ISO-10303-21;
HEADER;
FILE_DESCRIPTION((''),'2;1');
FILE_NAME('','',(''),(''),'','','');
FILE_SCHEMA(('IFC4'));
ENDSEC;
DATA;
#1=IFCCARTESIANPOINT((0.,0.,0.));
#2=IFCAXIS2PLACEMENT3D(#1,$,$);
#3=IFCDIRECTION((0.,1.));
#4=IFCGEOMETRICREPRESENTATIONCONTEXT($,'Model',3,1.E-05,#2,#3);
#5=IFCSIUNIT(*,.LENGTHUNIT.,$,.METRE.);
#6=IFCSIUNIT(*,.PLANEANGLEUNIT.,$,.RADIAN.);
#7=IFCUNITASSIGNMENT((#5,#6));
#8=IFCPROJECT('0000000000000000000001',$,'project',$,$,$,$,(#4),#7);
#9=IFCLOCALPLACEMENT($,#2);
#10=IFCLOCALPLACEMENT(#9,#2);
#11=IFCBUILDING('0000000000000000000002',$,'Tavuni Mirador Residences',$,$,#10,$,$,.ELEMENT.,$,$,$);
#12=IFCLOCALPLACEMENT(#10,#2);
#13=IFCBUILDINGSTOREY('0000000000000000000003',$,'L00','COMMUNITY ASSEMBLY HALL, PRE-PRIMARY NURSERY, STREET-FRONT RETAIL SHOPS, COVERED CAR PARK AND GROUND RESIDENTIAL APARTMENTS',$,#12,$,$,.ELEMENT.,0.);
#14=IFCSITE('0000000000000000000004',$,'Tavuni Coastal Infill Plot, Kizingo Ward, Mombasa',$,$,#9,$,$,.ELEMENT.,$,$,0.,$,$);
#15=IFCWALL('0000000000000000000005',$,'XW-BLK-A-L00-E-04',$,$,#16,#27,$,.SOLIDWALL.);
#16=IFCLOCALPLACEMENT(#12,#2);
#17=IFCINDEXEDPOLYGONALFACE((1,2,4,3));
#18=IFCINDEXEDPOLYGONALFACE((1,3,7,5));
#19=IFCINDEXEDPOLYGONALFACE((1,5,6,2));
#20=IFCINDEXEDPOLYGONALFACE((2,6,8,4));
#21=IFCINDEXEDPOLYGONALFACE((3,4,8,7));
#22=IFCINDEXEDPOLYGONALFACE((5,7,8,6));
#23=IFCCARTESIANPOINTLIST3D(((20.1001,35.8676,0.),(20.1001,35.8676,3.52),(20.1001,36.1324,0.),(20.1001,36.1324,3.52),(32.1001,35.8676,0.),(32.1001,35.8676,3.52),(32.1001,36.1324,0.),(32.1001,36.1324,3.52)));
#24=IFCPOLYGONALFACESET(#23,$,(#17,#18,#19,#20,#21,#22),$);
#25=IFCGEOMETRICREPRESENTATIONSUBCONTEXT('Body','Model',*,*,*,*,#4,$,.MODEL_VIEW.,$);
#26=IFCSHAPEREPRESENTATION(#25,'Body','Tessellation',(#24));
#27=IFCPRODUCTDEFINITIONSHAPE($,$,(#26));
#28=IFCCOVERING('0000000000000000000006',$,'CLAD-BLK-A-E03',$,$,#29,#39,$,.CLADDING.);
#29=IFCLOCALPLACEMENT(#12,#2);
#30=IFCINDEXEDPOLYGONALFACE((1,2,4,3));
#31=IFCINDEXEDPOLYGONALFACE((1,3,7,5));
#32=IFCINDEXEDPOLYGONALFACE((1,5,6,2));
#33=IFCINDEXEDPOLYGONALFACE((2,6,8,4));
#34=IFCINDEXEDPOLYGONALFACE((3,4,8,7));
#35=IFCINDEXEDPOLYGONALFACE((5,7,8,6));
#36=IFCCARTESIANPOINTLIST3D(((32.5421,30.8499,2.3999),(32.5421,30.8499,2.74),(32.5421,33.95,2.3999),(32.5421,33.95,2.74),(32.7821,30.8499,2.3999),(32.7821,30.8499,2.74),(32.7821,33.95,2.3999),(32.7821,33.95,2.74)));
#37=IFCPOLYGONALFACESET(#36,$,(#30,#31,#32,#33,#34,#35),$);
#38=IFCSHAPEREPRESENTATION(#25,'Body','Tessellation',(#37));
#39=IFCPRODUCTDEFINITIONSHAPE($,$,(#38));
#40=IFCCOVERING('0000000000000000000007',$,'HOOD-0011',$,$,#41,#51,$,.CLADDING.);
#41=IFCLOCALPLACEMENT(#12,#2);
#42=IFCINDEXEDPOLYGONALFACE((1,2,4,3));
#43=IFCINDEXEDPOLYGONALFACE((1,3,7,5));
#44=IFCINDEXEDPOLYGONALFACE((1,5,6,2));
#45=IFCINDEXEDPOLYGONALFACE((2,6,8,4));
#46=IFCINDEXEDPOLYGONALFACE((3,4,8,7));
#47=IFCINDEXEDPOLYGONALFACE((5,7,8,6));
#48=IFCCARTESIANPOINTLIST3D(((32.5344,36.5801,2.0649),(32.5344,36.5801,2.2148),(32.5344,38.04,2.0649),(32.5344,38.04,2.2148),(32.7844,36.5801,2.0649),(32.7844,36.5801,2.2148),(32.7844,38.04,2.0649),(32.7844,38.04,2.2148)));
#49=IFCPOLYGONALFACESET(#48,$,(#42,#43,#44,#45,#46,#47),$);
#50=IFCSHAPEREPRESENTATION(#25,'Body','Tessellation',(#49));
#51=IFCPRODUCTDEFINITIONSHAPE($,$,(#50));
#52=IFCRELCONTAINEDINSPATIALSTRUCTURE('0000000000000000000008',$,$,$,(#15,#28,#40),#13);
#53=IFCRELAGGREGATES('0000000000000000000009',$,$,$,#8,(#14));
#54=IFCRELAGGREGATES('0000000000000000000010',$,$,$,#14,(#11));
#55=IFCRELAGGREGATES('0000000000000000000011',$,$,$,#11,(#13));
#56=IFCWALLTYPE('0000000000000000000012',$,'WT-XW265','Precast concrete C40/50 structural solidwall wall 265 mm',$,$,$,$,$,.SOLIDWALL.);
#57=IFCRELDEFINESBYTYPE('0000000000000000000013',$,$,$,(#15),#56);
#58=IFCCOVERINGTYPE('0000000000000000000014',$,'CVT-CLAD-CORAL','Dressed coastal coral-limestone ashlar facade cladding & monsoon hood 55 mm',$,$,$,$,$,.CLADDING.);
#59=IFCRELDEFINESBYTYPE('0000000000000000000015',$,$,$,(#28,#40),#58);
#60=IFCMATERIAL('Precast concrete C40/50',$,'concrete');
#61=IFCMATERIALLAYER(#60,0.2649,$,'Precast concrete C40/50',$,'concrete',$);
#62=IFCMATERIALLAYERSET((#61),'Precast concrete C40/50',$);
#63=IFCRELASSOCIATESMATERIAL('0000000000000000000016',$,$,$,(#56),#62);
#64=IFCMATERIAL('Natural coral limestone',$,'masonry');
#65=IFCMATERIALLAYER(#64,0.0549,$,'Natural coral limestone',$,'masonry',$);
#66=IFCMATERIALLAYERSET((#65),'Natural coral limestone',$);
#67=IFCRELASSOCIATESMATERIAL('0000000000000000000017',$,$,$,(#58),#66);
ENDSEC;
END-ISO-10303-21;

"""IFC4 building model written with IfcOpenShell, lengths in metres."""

from ifc_helpers import new_model, si_unit, direction, frame, frame_2d, origin, origin_2d, place, context, subcontext, project, spatial, rectangle, extrude, material, layer, layer_set, type_object, element, save


model = new_model("IFC4")

# Units and contexts
model_context = context("Model", 3, precision=1e-05, world=origin(), true_north=direction((0.0, 1.0)))
body_context = subcontext(model_context, "Body", "Model", "MODEL_VIEW")
ifc_project = project(units=[si_unit("LENGTHUNIT", "METRE"), si_unit("PLANEANGLEUNIT", "RADIAN")], contexts=[model_context])

# Site, building, storey
site_placement = place(None, origin())
site = spatial("IfcSite", under=ifc_project, at=site_placement, Name="Tavuni Coastal Infill Plot, Kizingo Ward, Mombasa", CompositionType="ELEMENT", RefElevation=0.0)
building_placement = place(site_placement, origin())
building = spatial("IfcBuilding", under=site, at=building_placement, Name="Tavuni Mirador Residences", CompositionType="ELEMENT")
storey_placement = place(building_placement, origin())
storey = spatial("IfcBuildingStorey", under=building, at=storey_placement, Name="L00", Description="COMMUNITY ASSEMBLY HALL, PRE-PRIMARY NURSERY, STREET-FRONT RETAIL SHOPS, COVERED CAR PARK AND GROUND RESIDENTIAL APARTMENTS", CompositionType="ELEMENT", Elevation=0.0)

# Shared definitions
ifc_material_1 = material(Name="Precast concrete C40/50", Category="concrete")

# Wall
ifc_layer_1 = layer(ifc_material_1, 0.2649, Name="Precast concrete C40/50", Category="concrete")
ifc_layer_set_1 = layer_set([ifc_layer_1], Name="Precast concrete C40/50")
wall_type_1 = type_object("IfcWallType", Name="WT-XW265", Description="Precast concrete C40/50 structural solidwall wall 265 mm", PredefinedType="SOLIDWALL", material=ifc_layer_set_1)
wall_1_placement = place(storey_placement, frame((20.1001, 36.0, 0.0), z_axis=(0.0, 0.0, 1.0), x_axis=(1.0, 0.0, 0.0)))
element("IfcWall", 1, at=wall_1_placement, inside=storey, type_object=wall_type_1, Name="XW-BLK-A-L00-E-04", PredefinedType="SOLIDWALL", context=body_context, shape_type="SweptSolid", body=[
    extrude(rectangle(XDim=12.0, YDim=0.2649, at=frame_2d((6.0, 0.0))), origin(), (0.0, 0.0, 1.0), 3.52),
])

# Coverings
ifc_material_2 = material(Name="Natural coral limestone", Category="masonry")
ifc_layer_2 = layer(ifc_material_2, 0.0549, Name="Natural coral limestone", Category="masonry")
ifc_layer_set_2 = layer_set([ifc_layer_2], Name="Natural coral limestone")
covering_type = type_object("IfcCoveringType", Name="CVT-CLAD-CORAL", Description="Dressed coastal coral-limestone ashlar facade cladding & monsoon hood 55 mm", PredefinedType="CLADDING", material=ifc_layer_set_2)
covering_1_placement = place(storey_placement, frame((32.6621, 32.3999, 2.3999), z_axis=(0.0, 0.0, 1.0), x_axis=(0.0, 1.0, 0.0)))
element("IfcCovering", 2, at=covering_1_placement, inside=storey, type_object=covering_type, Name="CLAD-BLK-A-E03", PredefinedType="CLADDING", context=body_context, shape_type="SweptSolid", body=[
    extrude(rectangle(XDim=3.1001, YDim=0.24, at=origin_2d()), origin(), (0.0, 0.0, 1.0), 0.3401),
])
covering_2_placement = place(storey_placement, frame((32.6594, 37.3101, 2.0649), z_axis=(0.0, 0.0, 1.0), x_axis=(0.0, 1.0, 0.0)))
element("IfcCovering", 3, at=covering_2_placement, inside=storey, type_object=covering_type, Name="HOOD-0011", PredefinedType="CLADDING", context=body_context, shape_type="SweptSolid", body=[
    extrude(rectangle(XDim=1.46, YDim=0.25, at=origin_2d()), origin(), (0.0, 0.0, 1.0), 0.1499),
])

save(model, "model.ifc")
